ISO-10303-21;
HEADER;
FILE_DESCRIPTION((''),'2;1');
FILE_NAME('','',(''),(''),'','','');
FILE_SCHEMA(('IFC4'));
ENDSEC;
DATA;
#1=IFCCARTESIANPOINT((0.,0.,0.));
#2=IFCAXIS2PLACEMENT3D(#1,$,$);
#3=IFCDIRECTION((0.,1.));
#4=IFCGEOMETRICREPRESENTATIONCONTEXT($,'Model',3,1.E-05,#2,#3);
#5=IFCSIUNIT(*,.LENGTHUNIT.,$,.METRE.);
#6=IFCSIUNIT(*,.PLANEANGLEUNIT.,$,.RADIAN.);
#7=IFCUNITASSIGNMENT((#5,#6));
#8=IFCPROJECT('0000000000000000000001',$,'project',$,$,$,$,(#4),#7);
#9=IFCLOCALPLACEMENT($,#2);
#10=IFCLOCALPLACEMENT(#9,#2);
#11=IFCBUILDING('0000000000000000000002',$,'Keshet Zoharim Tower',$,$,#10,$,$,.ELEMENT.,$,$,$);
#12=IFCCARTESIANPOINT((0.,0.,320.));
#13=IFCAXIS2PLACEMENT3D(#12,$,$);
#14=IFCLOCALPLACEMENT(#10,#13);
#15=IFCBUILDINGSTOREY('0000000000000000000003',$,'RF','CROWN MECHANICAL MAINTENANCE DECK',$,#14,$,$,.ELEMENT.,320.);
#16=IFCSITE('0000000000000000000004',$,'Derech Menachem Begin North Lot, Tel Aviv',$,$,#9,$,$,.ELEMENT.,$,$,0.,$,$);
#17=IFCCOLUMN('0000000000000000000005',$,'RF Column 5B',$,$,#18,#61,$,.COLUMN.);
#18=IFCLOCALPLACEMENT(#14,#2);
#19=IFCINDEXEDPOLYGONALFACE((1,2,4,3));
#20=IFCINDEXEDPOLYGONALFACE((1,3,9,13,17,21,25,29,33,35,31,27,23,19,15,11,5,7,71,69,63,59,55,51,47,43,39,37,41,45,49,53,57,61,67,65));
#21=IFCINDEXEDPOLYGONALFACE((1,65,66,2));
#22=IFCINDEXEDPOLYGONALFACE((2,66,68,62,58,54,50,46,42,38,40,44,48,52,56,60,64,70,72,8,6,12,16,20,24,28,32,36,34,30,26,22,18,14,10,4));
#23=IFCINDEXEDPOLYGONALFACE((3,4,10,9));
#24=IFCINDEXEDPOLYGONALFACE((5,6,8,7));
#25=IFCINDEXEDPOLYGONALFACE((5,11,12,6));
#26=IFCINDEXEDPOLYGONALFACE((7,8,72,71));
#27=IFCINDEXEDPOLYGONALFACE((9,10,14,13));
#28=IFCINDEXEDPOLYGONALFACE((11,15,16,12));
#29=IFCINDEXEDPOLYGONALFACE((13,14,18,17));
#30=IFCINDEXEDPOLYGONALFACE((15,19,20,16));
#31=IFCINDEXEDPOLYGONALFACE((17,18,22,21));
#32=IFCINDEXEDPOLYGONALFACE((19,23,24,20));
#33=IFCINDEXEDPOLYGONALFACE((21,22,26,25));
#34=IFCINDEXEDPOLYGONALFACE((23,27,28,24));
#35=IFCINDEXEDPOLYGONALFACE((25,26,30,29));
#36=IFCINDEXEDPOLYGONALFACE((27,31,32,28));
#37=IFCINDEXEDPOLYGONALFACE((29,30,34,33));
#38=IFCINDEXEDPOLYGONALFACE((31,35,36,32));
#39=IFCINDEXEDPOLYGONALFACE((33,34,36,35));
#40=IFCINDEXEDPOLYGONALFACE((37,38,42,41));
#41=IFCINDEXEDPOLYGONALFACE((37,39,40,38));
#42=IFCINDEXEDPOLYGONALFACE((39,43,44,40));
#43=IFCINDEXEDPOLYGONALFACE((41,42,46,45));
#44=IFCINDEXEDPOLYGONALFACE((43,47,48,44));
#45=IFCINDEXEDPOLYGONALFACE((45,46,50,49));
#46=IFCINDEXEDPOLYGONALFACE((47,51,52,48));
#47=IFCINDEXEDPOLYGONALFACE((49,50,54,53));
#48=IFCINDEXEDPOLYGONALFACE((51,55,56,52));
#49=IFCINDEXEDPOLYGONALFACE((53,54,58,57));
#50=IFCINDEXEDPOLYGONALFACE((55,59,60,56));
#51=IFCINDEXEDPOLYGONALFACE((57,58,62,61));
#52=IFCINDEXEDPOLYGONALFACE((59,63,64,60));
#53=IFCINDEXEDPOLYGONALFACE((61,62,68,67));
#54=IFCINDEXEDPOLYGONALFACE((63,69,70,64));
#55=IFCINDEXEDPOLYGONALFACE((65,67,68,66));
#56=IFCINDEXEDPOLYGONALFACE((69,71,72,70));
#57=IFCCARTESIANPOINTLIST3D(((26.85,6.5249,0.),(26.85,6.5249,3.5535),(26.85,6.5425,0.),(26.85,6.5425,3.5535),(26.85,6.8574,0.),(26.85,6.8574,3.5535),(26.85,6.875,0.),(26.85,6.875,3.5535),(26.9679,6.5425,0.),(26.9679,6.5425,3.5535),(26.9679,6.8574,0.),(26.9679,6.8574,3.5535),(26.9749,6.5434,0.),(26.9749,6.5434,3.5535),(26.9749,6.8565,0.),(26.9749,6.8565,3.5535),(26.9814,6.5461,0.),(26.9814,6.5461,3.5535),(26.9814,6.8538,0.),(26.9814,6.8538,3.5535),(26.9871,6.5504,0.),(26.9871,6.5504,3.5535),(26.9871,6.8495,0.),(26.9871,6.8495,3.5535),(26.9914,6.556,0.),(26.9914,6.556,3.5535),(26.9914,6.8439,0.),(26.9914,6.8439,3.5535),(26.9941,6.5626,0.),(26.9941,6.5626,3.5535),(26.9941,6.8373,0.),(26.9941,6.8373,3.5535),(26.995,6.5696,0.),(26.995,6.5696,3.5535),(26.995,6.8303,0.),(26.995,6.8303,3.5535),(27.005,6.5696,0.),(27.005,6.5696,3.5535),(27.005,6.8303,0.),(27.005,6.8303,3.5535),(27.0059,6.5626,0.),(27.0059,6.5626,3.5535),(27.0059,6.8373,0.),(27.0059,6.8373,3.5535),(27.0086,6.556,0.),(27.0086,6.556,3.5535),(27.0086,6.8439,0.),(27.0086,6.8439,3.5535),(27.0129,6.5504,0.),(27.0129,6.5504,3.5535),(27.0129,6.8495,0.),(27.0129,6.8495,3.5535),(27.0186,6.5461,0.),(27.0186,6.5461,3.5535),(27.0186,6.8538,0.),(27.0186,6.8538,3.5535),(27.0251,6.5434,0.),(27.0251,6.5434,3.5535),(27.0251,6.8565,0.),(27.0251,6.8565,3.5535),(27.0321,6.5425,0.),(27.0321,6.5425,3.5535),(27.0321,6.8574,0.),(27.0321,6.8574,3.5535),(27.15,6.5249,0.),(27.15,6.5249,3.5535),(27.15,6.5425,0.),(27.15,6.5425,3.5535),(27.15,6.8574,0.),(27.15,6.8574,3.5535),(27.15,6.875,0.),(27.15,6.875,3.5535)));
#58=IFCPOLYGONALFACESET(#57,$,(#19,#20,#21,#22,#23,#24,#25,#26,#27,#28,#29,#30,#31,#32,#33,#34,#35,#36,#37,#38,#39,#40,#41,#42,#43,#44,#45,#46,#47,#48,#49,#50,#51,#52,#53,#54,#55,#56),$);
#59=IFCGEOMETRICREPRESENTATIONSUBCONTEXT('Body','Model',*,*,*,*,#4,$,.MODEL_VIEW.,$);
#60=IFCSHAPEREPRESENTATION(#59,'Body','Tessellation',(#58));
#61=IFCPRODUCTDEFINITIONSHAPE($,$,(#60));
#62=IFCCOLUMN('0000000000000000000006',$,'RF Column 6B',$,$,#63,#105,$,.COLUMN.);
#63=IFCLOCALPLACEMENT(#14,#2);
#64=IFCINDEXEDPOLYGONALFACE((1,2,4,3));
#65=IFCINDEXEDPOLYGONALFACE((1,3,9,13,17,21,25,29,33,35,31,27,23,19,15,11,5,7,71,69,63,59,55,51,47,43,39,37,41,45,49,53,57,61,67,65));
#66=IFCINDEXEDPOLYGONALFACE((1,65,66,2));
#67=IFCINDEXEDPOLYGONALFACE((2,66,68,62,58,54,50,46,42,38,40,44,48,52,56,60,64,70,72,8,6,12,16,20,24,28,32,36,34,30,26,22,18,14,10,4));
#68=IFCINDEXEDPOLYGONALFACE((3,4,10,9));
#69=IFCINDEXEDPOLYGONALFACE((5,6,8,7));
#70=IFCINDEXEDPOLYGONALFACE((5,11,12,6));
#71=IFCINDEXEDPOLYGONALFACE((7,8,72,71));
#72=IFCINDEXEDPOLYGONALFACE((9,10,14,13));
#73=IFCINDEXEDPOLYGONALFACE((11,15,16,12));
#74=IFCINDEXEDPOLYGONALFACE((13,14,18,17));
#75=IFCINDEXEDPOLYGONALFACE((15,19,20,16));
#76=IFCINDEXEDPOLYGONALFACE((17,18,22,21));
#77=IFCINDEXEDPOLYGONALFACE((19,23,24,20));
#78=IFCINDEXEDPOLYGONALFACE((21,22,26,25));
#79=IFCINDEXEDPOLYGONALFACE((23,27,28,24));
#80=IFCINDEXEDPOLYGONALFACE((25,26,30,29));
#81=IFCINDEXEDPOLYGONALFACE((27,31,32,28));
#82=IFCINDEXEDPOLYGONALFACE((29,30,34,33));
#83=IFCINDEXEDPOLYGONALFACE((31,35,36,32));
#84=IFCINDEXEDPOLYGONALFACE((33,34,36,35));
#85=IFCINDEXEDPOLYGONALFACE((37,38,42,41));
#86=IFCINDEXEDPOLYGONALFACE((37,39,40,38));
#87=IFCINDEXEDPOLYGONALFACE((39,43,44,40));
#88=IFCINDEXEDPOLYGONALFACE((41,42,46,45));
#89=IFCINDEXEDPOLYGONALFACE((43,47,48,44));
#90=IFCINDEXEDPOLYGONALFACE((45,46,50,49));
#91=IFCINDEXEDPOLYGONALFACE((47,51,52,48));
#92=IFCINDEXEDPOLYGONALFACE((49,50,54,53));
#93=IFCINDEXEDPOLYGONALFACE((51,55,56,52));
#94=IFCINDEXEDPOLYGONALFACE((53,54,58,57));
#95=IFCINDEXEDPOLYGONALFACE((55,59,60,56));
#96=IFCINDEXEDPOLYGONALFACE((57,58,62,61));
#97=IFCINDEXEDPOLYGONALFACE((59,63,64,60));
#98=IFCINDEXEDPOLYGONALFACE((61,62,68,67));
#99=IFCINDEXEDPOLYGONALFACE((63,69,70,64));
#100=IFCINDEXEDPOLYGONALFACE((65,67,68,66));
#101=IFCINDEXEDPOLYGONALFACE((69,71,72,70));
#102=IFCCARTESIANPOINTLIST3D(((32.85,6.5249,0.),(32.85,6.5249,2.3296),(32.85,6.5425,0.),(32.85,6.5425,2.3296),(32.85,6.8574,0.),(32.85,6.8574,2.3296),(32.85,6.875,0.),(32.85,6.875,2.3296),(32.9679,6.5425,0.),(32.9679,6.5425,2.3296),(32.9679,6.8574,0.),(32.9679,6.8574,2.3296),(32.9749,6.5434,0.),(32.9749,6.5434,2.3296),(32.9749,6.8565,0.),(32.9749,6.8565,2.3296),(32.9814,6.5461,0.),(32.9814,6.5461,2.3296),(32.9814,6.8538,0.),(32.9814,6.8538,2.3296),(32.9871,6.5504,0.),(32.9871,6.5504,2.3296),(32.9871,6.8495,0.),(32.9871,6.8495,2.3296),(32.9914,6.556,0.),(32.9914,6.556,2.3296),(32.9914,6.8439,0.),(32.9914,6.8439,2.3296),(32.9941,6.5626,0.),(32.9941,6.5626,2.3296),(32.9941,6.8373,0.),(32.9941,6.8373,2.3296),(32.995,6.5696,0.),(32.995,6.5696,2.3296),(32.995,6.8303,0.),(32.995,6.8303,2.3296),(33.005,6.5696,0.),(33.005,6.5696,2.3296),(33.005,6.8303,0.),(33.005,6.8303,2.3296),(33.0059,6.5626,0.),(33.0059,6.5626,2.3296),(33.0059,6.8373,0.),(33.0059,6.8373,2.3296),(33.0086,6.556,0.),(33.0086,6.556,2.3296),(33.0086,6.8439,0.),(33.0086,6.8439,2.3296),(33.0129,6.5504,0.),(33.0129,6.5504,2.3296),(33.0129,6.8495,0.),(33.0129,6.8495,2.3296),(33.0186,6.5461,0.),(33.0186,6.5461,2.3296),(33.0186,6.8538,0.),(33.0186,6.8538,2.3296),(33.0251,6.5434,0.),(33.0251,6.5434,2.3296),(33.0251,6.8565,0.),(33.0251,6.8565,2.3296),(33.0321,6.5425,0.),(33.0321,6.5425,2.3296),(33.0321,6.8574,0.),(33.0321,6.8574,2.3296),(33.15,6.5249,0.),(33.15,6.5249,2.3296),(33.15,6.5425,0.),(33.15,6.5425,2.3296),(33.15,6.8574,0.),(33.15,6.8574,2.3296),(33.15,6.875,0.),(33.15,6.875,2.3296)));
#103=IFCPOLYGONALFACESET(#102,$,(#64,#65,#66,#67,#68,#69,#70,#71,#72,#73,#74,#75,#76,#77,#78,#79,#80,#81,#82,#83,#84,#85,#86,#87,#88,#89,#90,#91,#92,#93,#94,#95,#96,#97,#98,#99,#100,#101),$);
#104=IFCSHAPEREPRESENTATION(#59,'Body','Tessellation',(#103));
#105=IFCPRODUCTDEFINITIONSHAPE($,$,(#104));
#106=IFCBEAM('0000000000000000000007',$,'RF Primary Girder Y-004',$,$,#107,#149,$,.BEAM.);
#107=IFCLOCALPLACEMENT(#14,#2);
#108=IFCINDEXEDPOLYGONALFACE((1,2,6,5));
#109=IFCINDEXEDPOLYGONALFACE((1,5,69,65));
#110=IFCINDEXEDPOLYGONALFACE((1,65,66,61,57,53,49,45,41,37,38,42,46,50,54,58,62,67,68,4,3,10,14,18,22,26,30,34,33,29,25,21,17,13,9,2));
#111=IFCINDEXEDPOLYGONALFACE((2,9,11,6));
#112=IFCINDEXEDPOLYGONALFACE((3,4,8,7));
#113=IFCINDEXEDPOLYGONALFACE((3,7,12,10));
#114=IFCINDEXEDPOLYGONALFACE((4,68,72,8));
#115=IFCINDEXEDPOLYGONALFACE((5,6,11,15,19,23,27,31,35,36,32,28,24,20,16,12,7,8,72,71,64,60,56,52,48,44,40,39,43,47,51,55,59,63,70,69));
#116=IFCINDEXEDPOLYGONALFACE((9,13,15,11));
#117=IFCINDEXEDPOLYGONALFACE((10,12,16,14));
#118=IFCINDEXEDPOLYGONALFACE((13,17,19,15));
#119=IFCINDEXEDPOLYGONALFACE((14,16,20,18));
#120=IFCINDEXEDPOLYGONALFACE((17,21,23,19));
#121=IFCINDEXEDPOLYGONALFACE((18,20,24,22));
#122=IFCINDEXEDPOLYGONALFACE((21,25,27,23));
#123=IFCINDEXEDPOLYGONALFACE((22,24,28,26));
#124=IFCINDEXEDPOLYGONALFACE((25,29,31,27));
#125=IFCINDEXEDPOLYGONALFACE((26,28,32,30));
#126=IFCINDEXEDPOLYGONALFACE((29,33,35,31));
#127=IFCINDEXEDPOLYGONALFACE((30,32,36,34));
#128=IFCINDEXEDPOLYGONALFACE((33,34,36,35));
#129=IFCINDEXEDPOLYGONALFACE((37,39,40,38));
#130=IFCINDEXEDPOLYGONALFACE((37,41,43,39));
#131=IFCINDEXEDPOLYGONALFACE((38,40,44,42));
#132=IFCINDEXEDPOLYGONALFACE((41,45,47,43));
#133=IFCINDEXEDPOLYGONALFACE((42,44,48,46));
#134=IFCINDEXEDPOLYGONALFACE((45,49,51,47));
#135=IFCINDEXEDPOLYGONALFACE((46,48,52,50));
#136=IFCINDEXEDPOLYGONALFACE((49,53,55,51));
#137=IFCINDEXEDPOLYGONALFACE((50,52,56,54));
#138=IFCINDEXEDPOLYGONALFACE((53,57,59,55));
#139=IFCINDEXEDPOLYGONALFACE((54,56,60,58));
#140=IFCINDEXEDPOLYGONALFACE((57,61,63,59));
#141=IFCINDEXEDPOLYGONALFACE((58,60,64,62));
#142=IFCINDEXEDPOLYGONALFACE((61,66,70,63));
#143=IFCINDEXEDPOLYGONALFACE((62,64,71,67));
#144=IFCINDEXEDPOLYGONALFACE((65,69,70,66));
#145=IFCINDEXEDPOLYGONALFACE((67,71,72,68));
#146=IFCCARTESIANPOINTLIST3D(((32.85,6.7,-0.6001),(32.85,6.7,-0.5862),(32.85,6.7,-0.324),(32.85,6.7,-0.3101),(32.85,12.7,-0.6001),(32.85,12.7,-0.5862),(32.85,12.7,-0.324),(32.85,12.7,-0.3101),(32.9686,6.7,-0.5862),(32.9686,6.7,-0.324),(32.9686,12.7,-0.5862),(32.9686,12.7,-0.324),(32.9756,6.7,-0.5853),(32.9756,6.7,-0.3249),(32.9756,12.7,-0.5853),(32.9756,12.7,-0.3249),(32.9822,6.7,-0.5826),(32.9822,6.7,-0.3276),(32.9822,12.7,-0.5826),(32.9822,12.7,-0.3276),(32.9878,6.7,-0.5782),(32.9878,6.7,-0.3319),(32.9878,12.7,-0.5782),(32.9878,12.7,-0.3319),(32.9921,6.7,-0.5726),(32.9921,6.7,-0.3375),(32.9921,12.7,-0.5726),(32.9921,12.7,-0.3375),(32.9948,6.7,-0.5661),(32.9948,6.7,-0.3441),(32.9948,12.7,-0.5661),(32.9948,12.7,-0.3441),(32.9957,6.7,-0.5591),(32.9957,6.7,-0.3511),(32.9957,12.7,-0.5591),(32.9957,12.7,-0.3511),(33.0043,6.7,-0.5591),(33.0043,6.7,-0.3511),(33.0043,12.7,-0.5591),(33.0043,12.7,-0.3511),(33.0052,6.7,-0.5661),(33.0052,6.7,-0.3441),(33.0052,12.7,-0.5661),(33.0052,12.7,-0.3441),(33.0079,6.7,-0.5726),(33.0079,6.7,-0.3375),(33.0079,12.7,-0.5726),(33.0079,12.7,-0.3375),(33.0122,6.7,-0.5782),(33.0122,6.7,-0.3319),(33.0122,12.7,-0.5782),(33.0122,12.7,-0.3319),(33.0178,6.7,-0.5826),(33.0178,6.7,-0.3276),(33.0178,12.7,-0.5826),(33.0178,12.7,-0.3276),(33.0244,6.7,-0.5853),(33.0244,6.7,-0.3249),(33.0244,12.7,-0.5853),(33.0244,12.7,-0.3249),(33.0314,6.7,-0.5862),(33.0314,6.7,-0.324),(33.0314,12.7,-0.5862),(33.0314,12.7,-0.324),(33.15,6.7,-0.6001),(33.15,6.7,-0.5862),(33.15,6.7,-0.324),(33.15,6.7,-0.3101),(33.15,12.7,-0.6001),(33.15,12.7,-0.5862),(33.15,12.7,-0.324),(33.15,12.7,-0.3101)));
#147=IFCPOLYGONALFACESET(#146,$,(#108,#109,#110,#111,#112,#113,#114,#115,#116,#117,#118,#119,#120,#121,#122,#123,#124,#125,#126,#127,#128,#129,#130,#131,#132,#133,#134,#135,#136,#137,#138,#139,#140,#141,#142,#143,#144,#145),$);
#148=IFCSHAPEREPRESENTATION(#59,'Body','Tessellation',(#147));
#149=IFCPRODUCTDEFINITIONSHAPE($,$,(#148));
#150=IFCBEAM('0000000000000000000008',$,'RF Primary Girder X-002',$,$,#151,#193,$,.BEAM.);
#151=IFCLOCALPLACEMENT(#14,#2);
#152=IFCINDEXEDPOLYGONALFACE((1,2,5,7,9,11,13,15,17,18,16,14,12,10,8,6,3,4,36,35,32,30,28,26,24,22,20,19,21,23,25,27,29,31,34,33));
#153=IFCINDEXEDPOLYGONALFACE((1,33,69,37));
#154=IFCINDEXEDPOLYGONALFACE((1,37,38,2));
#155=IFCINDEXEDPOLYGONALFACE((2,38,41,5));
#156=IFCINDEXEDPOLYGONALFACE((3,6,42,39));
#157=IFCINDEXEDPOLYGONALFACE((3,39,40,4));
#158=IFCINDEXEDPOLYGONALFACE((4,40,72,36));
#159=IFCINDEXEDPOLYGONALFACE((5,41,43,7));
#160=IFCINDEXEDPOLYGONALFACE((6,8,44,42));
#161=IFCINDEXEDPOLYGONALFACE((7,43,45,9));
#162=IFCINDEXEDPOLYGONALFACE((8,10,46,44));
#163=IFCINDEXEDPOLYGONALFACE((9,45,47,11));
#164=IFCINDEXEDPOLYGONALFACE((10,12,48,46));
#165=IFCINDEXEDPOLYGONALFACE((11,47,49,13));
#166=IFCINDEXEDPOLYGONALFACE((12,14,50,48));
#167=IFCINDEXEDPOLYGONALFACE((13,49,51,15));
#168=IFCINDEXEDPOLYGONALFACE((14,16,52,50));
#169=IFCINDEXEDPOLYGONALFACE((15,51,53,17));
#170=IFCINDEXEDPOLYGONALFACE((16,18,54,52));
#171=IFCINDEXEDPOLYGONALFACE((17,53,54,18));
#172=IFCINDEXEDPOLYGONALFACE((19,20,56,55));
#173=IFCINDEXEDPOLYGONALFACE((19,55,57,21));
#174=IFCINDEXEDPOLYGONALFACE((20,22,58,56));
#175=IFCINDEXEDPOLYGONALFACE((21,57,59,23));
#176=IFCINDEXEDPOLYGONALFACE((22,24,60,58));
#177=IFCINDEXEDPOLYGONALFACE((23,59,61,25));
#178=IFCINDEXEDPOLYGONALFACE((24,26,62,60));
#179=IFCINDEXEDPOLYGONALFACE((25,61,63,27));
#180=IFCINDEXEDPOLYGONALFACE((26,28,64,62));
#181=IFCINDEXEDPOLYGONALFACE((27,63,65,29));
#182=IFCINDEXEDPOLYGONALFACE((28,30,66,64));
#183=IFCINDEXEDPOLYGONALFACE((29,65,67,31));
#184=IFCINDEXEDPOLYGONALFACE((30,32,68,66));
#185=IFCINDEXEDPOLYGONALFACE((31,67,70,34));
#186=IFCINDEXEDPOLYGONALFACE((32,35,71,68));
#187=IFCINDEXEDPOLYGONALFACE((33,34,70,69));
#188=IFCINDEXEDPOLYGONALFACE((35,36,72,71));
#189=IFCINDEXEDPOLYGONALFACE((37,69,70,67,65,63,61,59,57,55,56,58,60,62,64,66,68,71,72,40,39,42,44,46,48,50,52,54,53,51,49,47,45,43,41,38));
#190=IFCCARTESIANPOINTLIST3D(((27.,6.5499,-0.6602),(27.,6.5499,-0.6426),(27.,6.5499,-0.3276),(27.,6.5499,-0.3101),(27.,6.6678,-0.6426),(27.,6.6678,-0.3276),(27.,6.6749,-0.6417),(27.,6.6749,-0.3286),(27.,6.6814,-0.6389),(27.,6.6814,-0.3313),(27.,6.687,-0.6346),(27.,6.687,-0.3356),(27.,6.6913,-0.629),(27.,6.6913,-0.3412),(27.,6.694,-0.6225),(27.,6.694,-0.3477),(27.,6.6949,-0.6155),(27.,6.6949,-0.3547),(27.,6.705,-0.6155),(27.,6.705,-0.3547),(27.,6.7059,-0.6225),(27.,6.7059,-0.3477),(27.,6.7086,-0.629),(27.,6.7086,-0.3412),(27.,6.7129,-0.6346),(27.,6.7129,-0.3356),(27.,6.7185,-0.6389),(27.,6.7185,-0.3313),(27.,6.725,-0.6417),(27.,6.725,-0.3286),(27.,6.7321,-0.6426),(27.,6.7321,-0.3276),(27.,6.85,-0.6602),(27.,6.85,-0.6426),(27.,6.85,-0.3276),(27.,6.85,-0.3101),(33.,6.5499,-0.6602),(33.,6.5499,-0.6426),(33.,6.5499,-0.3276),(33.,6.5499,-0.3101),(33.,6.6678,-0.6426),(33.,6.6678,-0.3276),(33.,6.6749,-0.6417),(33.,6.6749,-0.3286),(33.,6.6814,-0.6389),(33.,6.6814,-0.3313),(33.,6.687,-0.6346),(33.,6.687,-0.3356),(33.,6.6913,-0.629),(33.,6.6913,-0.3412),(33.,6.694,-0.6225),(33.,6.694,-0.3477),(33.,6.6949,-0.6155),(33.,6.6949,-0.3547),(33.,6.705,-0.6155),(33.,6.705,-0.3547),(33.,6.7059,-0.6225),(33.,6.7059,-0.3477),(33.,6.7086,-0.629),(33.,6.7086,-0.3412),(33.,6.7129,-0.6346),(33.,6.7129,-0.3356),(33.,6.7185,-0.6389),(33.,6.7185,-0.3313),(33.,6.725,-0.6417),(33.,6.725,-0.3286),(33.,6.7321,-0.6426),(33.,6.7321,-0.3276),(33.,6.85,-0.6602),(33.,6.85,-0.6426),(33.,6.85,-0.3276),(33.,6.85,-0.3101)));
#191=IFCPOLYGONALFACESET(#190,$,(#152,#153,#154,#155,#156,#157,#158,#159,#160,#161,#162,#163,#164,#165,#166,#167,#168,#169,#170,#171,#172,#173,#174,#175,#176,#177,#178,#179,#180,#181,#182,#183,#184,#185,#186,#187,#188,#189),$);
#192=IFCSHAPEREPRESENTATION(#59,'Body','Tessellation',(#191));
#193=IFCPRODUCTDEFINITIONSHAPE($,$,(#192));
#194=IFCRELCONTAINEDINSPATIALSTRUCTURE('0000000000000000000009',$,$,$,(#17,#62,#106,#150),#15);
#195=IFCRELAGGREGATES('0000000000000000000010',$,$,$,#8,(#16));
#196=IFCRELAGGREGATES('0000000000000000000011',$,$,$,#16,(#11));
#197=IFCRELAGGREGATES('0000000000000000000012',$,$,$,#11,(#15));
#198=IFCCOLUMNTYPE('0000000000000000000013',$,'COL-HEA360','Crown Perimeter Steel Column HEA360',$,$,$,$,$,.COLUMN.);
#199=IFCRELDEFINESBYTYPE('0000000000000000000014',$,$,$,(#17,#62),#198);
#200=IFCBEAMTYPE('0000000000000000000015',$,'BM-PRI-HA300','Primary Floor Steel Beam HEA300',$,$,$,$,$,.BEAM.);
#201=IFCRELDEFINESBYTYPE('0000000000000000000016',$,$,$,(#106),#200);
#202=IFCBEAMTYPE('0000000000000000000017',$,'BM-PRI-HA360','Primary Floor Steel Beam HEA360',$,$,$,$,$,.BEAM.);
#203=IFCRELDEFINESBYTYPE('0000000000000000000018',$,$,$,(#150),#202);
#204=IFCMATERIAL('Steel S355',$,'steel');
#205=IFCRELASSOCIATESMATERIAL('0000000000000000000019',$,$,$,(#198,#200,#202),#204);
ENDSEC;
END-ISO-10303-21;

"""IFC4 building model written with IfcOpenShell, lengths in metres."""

from ifc_helpers import new_model, si_unit, direction, frame, origin, origin_2d, place, context, subcontext, project, spatial, i_section, extrude, material, material_profile, profile_set, type_object, element, save


model = new_model("IFC4")

# Units and contexts
model_context = context("Model", 3, precision=1e-05, world=origin(), true_north=direction((0.0, 1.0)))
body_context = subcontext(model_context, "Body", "Model", "MODEL_VIEW")
ifc_project = project(units=[si_unit("LENGTHUNIT", "METRE"), si_unit("PLANEANGLEUNIT", "RADIAN")], contexts=[model_context])

# Site, building, storey
site_placement = place(None, origin())
site = spatial("IfcSite", under=ifc_project, at=site_placement, Name="Derech Menachem Begin North Lot, Tel Aviv", CompositionType="ELEMENT", RefElevation=0.0)
building_placement = place(site_placement, origin())
building = spatial("IfcBuilding", under=site, at=building_placement, Name="Keshet Zoharim Tower", CompositionType="ELEMENT")
storey_placement = place(building_placement, frame((0.0, 0.0, 320.0)))
storey = spatial("IfcBuildingStorey", under=building, at=storey_placement, Name="RF", Description="CROWN MECHANICAL MAINTENANCE DECK", CompositionType="ELEMENT", Elevation=320.0)

# Columns
ifc_material_1 = material(Name="Steel S355", Category="steel")
ifc_material_profile_1 = material_profile(ifc_material_1, i_section(OverallWidth=0.3, OverallDepth=0.3501, WebThickness=0.01, FlangeThickness=0.0176, FilletRadius=0.0271, at=origin_2d()), Name="HEA360")
ifc_profile_set_1 = profile_set([ifc_material_profile_1], Name="Steel S355")
column_type = type_object("IfcColumnType", Name="COL-HEA360", Description="Crown Perimeter Steel Column HEA360", PredefinedType="COLUMN", material=ifc_profile_set_1)
column_1_placement = place(storey_placement, frame((27.0, 6.7, 0.0), z_axis=(0.0, 0.0, 1.0), x_axis=(1.0, 0.0, 0.0)))
element("IfcColumn", 1, at=column_1_placement, inside=storey, type_object=column_type, Name="RF Column 5B", PredefinedType="COLUMN", context=body_context, shape_type="SweptSolid", body=[
    extrude(i_section(OverallWidth=0.3, OverallDepth=0.3501, WebThickness=0.01, FlangeThickness=0.0176, FilletRadius=0.0271, at=origin_2d()), origin(), (0.0, 0.0, 1.0), 3.5535),
])
column_2_placement = place(storey_placement, frame((33.0, 6.7, 0.0), z_axis=(0.0, 0.0, 1.0), x_axis=(1.0, 0.0, 0.0)))
element("IfcColumn", 2, at=column_2_placement, inside=storey, type_object=column_type, Name="RF Column 6B", PredefinedType="COLUMN", context=body_context, shape_type="SweptSolid", body=[
    extrude(i_section(OverallWidth=0.3, OverallDepth=0.3501, WebThickness=0.01, FlangeThickness=0.0176, FilletRadius=0.0271, at=origin_2d()), origin(), (0.0, 0.0, 1.0), 2.3296),
])

# Beams
ifc_material_profile_2 = material_profile(ifc_material_1, i_section(OverallWidth=0.3, OverallDepth=0.29, WebThickness=0.0085, FlangeThickness=0.0139, FilletRadius=0.0271, at=origin_2d()), Name="HEA300")
ifc_profile_set_2 = profile_set([ifc_material_profile_2], Name="Steel S355")
beam_type_1 = type_object("IfcBeamType", Name="BM-PRI-HA300", Description="Primary Floor Steel Beam HEA300", PredefinedType="BEAM", material=ifc_profile_set_2)
beam_placement = place(storey_placement, frame((33.0, 6.7, -0.4551), z_axis=(0.0, 1.0, 0.0), x_axis=(-1.0, 0.0, 0.0)))
element("IfcBeam", 3, at=beam_placement, inside=storey, type_object=beam_type_1, Name="RF Primary Girder Y-004", PredefinedType="BEAM", context=body_context, shape_type="SweptSolid", body=[
    extrude(i_section(OverallWidth=0.3, OverallDepth=0.29, WebThickness=0.0085, FlangeThickness=0.0139, FilletRadius=0.0271, at=origin_2d()), origin(), (0.0, 0.0, 1.0), 6.0),
])
ifc_material_profile_3 = material_profile(ifc_material_1, i_section(OverallWidth=0.3, OverallDepth=0.3501, WebThickness=0.01, FlangeThickness=0.0176, FilletRadius=0.0271, at=origin_2d()), Name="HEA360")
ifc_profile_set_3 = profile_set([ifc_material_profile_3], Name="Steel S355")
beam_type_2 = type_object("IfcBeamType", Name="BM-PRI-HA360", Description="Primary Floor Steel Beam HEA360", PredefinedType="BEAM", material=ifc_profile_set_3)
for number, where, z_axis, x_axis, name in (
    (4, (27.0, 6.7, -0.4851), (1.0, 0.0, 0.0), (0.0, 1.0, 0.0), "RF Primary Girder X-002"),
):
    element("IfcBeam", number, at=place(storey_placement, frame(where, z_axis=z_axis, x_axis=x_axis)), inside=storey, type_object=beam_type_2, Name=name, PredefinedType="BEAM", context=body_context, shape_type="SweptSolid", body=[
        extrude(i_section(OverallWidth=0.3, OverallDepth=0.3501, WebThickness=0.01, FlangeThickness=0.0176, FilletRadius=0.0271, at=origin_2d()), origin(), (0.0, 0.0, 1.0), 6.0),
    ])

save(model, "model.ifc")
